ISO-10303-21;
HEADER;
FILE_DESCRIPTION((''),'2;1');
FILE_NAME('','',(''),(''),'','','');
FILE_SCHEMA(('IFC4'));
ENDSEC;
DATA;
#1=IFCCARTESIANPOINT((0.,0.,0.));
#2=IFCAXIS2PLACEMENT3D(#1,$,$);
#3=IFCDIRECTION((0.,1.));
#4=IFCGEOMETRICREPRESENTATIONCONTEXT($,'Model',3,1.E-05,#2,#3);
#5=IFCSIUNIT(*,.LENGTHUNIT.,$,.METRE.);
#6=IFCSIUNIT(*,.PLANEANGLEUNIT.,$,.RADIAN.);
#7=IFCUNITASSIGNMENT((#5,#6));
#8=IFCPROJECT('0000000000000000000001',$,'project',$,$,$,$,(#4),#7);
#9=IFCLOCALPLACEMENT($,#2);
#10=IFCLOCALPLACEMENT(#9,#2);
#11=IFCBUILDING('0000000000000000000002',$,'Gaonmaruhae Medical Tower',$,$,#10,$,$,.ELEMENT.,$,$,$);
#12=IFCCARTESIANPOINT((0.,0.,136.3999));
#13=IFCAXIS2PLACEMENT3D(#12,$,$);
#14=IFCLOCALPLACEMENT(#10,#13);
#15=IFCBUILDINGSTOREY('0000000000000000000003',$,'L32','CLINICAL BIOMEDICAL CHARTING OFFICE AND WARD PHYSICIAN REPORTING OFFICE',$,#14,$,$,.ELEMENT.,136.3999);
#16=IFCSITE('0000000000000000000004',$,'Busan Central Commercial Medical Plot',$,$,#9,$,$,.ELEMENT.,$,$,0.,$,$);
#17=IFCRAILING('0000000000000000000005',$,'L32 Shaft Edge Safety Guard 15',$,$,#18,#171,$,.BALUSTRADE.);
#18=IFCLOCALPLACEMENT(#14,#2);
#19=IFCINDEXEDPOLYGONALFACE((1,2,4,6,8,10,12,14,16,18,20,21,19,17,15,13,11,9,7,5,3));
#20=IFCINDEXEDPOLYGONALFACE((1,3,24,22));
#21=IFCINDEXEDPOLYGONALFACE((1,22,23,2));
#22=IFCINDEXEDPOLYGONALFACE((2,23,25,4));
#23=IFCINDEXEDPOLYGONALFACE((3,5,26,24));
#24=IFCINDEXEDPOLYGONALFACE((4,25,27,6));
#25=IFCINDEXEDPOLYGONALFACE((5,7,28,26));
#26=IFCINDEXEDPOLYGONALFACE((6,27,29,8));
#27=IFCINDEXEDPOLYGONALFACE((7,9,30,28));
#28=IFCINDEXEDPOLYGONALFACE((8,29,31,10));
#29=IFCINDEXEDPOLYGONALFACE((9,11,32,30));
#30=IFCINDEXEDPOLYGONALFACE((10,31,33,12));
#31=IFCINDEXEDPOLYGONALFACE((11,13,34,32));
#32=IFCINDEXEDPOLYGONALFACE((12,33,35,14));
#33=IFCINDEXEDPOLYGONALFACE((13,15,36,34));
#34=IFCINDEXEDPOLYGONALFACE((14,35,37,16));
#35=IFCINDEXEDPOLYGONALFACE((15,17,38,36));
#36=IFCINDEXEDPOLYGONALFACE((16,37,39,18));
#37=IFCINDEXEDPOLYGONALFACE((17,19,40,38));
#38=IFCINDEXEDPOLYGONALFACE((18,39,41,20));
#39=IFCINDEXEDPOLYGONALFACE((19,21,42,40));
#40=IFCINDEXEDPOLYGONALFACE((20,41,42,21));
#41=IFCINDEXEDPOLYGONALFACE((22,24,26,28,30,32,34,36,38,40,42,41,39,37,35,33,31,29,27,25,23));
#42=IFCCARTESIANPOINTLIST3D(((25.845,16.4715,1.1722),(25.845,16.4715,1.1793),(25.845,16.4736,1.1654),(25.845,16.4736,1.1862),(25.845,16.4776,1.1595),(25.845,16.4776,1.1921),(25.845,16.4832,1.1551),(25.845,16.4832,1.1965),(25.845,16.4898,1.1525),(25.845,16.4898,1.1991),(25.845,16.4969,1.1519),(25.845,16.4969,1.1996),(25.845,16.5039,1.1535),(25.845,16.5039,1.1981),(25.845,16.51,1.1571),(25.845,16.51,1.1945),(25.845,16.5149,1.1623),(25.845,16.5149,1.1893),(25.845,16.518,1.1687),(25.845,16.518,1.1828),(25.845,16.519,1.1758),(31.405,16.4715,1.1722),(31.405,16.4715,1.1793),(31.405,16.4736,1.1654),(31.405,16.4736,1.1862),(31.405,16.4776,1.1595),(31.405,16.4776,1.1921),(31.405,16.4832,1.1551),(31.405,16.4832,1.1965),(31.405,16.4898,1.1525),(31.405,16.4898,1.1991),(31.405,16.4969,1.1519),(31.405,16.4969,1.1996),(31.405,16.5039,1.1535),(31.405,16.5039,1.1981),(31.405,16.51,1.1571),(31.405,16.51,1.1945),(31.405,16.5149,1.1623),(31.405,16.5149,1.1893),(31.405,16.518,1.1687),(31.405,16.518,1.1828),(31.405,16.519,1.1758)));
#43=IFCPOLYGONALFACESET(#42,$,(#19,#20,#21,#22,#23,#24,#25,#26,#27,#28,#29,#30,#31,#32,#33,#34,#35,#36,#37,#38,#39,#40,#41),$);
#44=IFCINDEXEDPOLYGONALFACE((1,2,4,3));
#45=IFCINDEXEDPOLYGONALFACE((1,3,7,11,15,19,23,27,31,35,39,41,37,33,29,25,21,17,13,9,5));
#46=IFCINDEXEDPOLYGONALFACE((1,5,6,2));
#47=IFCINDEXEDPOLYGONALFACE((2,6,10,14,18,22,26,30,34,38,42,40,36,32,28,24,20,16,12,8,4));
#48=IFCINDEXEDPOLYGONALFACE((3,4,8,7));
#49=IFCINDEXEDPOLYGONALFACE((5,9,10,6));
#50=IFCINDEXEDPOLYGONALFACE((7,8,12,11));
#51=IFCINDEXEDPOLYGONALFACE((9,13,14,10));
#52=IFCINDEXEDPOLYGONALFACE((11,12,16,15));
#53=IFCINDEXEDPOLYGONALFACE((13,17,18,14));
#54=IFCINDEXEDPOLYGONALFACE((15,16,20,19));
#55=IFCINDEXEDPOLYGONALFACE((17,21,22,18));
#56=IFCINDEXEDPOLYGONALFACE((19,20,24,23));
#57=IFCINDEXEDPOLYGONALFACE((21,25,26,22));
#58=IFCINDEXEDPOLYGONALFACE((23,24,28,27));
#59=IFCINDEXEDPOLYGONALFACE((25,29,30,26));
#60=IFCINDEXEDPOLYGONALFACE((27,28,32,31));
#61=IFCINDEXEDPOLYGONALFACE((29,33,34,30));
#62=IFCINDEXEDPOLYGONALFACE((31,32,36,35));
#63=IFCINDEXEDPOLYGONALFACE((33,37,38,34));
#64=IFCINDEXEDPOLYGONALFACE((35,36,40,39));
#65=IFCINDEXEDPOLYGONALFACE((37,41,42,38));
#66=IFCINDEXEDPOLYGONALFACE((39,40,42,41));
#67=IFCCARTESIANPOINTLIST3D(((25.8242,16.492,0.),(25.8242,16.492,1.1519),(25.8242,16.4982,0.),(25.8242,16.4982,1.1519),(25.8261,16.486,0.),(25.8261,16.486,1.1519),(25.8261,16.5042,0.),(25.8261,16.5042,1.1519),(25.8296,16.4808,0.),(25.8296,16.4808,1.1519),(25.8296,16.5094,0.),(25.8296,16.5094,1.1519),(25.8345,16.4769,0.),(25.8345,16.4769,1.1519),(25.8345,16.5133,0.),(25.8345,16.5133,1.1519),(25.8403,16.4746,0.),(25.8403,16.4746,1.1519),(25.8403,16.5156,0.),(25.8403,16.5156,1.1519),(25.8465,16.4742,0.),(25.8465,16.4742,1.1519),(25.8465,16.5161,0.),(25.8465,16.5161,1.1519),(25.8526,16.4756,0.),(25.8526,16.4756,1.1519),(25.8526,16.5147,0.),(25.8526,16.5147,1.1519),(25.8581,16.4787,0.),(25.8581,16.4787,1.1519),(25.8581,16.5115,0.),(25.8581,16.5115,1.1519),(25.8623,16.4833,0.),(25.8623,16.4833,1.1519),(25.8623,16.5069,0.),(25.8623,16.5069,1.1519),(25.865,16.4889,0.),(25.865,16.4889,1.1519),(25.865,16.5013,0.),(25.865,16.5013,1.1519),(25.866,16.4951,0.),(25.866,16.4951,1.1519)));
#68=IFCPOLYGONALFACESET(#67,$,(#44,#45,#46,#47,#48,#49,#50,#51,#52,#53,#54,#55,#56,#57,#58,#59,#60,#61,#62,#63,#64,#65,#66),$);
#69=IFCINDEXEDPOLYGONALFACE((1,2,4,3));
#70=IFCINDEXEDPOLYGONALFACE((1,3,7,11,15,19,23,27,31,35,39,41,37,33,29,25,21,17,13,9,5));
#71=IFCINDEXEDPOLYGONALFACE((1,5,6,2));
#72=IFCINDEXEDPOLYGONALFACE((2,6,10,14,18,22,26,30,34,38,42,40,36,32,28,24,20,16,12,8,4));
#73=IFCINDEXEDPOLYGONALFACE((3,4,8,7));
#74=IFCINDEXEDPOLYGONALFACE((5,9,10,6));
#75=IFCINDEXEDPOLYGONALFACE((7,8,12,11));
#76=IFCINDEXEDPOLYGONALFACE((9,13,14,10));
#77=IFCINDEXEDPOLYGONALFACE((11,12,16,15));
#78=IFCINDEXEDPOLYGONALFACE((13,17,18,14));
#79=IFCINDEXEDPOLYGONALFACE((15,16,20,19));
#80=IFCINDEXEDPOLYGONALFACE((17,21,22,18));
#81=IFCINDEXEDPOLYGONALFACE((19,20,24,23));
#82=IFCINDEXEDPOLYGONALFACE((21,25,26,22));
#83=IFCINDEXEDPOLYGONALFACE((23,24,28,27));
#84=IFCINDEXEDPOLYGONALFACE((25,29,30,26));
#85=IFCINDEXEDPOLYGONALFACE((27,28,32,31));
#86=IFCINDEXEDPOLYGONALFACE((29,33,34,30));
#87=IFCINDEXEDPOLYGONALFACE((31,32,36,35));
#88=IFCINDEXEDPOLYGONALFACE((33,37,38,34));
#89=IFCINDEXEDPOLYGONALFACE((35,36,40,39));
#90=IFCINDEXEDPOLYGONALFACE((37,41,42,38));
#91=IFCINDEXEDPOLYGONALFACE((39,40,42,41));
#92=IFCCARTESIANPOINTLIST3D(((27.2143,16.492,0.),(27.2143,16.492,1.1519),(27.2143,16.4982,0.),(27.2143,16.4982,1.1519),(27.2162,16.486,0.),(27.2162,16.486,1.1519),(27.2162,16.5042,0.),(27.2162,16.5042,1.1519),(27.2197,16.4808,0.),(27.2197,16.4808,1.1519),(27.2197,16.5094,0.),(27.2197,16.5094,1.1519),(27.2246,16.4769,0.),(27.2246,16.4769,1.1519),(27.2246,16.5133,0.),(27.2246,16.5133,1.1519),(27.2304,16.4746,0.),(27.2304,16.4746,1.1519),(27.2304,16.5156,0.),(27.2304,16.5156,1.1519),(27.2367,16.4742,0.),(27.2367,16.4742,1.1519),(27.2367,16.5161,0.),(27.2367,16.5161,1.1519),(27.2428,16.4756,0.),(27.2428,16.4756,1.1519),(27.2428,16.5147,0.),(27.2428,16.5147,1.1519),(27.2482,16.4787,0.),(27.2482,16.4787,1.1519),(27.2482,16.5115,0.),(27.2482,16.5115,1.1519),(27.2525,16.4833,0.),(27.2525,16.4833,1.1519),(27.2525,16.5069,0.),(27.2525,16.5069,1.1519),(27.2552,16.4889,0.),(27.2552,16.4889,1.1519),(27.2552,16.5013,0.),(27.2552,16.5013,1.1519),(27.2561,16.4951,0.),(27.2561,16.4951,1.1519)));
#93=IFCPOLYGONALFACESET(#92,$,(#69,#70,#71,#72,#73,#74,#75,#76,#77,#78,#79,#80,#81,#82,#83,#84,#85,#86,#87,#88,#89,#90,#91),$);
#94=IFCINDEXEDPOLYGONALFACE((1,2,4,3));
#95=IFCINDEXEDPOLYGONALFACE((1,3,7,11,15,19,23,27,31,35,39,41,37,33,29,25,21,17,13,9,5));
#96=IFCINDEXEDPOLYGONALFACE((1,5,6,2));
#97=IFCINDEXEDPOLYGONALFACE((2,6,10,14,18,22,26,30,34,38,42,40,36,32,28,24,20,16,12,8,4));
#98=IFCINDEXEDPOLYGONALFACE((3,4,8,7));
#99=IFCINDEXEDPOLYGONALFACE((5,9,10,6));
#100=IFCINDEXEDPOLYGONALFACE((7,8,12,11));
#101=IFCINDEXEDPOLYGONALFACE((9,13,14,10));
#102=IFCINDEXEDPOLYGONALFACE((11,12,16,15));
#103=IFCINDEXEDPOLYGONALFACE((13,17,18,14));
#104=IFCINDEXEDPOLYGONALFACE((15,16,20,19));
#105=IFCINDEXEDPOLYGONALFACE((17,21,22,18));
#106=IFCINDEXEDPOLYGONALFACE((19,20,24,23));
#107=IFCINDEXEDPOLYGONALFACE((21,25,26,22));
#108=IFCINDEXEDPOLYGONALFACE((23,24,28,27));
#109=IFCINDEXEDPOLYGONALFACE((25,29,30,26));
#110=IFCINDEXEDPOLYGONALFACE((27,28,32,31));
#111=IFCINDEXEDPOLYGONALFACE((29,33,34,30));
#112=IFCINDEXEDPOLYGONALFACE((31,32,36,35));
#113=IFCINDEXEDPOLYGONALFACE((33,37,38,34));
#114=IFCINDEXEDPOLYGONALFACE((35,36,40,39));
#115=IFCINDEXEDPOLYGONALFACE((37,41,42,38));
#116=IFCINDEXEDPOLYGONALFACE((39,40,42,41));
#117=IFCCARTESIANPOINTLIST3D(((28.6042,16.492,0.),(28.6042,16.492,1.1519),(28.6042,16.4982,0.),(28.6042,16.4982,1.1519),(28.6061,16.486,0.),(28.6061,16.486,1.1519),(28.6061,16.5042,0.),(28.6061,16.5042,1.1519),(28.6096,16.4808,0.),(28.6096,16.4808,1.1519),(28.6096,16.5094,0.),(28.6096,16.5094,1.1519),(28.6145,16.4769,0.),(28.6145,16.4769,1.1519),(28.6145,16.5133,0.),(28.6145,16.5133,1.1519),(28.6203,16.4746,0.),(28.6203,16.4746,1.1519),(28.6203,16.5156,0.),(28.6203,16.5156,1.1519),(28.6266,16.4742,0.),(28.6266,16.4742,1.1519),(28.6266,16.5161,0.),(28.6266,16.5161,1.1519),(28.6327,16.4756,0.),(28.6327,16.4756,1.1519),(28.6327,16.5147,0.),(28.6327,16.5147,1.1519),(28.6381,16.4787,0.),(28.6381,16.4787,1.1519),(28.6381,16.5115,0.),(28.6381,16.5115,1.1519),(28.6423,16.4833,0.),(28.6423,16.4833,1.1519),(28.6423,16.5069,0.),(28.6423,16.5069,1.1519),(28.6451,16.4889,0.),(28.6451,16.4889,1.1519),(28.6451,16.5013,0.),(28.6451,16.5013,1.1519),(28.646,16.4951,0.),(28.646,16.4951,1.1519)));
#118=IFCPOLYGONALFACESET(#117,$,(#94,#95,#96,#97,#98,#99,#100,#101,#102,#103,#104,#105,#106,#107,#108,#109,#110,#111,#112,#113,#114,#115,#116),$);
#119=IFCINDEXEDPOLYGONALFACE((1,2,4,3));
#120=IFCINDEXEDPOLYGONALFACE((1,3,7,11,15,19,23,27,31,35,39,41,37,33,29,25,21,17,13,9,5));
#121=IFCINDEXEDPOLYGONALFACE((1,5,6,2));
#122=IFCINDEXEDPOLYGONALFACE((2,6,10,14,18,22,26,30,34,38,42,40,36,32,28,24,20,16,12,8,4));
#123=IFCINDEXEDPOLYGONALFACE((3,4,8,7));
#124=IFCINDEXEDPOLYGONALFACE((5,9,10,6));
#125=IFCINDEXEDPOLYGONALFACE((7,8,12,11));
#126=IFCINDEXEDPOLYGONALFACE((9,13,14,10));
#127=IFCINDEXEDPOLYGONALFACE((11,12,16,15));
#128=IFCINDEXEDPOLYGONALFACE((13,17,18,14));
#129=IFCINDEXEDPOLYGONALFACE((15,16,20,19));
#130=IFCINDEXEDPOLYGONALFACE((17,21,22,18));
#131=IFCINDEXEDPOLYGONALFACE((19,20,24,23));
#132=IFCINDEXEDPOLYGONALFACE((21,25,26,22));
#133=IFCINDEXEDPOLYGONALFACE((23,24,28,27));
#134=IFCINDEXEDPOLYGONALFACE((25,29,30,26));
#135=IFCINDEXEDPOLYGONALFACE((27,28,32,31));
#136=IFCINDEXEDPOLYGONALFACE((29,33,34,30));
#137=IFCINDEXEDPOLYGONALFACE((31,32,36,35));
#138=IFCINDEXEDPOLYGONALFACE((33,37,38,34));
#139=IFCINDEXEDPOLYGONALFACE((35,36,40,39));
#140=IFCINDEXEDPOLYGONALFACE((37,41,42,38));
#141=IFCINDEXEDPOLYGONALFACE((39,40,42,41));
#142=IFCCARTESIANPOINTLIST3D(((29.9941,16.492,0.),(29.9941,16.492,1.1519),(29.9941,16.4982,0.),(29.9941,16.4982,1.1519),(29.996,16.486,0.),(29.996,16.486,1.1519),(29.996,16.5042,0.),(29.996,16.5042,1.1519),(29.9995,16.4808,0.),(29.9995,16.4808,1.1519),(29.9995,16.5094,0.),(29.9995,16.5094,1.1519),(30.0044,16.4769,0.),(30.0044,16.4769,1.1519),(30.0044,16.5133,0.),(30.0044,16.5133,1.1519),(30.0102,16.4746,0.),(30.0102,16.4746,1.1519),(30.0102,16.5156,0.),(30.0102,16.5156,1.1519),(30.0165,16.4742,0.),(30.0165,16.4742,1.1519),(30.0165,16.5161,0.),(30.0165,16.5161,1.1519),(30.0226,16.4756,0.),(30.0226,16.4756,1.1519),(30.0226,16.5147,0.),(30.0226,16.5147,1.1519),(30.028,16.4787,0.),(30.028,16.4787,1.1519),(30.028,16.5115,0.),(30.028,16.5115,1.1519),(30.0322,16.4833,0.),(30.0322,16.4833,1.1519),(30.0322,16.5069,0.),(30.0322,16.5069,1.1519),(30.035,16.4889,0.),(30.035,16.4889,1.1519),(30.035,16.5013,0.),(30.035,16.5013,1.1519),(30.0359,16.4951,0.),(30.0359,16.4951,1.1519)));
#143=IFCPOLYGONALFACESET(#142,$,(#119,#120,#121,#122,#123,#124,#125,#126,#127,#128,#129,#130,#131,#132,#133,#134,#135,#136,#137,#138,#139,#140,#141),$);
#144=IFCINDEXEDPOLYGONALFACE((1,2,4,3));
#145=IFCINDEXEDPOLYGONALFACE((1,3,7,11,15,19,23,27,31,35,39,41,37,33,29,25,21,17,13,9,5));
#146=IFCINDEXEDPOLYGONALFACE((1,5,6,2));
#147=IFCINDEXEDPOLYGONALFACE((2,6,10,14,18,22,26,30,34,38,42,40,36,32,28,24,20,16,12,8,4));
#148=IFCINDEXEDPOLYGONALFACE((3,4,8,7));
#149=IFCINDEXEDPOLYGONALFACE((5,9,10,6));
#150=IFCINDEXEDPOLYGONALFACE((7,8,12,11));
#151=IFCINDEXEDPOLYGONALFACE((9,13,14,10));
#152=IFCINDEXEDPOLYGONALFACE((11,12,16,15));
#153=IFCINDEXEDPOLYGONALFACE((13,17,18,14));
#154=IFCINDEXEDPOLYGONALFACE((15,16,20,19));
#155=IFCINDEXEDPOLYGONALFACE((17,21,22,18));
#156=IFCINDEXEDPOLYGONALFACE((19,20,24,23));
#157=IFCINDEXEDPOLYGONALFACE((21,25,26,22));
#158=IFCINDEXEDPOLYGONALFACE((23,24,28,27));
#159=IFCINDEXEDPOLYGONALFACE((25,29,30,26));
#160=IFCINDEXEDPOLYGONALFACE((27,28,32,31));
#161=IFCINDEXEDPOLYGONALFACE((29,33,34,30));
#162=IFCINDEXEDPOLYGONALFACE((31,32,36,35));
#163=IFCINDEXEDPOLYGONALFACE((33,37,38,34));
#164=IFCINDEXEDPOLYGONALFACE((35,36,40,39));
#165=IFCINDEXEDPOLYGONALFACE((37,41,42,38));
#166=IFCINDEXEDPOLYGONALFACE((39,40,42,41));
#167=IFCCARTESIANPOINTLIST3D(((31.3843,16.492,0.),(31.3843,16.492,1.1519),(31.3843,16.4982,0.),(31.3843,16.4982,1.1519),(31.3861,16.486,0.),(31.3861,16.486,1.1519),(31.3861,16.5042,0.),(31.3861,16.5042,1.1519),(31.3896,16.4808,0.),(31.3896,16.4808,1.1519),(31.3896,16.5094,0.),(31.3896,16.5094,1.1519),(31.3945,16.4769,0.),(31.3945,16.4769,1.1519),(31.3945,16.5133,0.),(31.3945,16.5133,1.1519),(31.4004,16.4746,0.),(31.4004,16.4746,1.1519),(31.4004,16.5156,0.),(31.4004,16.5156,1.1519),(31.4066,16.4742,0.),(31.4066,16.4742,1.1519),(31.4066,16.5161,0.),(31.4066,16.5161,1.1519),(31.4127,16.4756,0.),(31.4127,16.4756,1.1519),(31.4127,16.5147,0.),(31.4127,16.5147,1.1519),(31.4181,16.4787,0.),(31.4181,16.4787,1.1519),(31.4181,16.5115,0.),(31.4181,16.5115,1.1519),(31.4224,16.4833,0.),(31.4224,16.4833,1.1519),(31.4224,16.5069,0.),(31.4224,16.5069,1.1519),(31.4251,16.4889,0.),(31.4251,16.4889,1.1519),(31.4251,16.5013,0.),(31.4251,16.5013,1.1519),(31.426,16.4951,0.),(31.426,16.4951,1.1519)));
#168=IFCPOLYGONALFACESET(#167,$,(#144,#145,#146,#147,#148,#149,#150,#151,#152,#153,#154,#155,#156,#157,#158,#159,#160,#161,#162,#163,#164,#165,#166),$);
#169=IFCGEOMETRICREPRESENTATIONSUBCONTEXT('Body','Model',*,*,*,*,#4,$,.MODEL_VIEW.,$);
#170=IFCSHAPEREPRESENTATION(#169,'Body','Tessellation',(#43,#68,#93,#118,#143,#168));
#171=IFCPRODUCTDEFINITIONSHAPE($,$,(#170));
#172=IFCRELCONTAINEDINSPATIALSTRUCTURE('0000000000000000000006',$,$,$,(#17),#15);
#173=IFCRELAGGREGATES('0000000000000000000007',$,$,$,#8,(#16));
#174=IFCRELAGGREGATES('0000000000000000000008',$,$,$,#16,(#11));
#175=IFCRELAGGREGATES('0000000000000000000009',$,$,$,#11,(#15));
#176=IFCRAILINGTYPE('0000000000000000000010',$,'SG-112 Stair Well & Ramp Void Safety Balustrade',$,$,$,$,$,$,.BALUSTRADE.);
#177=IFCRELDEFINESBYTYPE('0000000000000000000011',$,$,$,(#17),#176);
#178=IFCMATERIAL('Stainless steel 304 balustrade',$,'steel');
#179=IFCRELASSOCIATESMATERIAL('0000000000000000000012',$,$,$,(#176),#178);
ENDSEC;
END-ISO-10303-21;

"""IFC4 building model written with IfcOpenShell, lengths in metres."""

from ifc_helpers import new_model, si_unit, direction, frame, origin, origin_2d, place, context, subcontext, project, spatial, circle, extrude, material, type_object, element, save


model = new_model("IFC4")

# Units and contexts
model_context = context("Model", 3, precision=1e-05, world=origin(), true_north=direction((0.0, 1.0)))
body_context = subcontext(model_context, "Body", "Model", "MODEL_VIEW")
ifc_project = project(units=[si_unit("LENGTHUNIT", "METRE"), si_unit("PLANEANGLEUNIT", "RADIAN")], contexts=[model_context])

# Site, building, storey
site_placement = place(None, origin())
site = spatial("IfcSite", under=ifc_project, at=site_placement, Name="Busan Central Commercial Medical Plot", CompositionType="ELEMENT", RefElevation=0.0)
building_placement = place(site_placement, origin())
building = spatial("IfcBuilding", under=site, at=building_placement, Name="Gaonmaruhae Medical Tower", CompositionType="ELEMENT")
storey_placement = place(building_placement, frame((0.0, 0.0, 136.3999)))
storey = spatial("IfcBuildingStorey", under=building, at=storey_placement, Name="L32", Description="CLINICAL BIOMEDICAL CHARTING OFFICE AND WARD PHYSICIAN REPORTING OFFICE", CompositionType="ELEMENT", Elevation=136.3999)

# Railing
ifc_material_1 = material(Name="Stainless steel 304 balustrade", Category="steel")
railing_type_1 = type_object("IfcRailingType", Name="SG-112 Stair Well & Ramp Void Safety Balustrade", PredefinedType="BALUSTRADE", material=ifc_material_1)
railing_1_placement = place(storey_placement, frame((25.845, 16.4951, 0.0)))
element("IfcRailing", 1, at=railing_1_placement, inside=storey, type_object=railing_type_1, Name="L32 Shaft Edge Safety Guard 15", PredefinedType="BALUSTRADE", context=body_context, shape_type="SweptSolid", body=[
    extrude(circle(Radius=0.0239, at=origin_2d()), frame((0.0, 0.0, 1.1758), z_axis=(1.0, 0.0, 0.0), x_axis=(0.0, 1.0, 0.0)), (0.0, 0.0, 1.0), 5.5601),
    extrude(circle(Radius=0.021, at=origin_2d()), origin(), (0.0, 0.0, 1.0), 1.1519),
    extrude(circle(Radius=0.021, at=origin_2d()), frame((1.3901, 0.0, 0.0)), (0.0, 0.0, 1.0), 1.1519),
    extrude(circle(Radius=0.021, at=origin_2d()), frame((2.78, 0.0, 0.0)), (0.0, 0.0, 1.0), 1.1519),
    extrude(circle(Radius=0.021, at=origin_2d()), frame((4.1699, 0.0, 0.0)), (0.0, 0.0, 1.0), 1.1519),
    extrude(circle(Radius=0.021, at=origin_2d()), frame((5.5601, 0.0, 0.0)), (0.0, 0.0, 1.0), 1.1519),
])

save(model, "model.ifc")
